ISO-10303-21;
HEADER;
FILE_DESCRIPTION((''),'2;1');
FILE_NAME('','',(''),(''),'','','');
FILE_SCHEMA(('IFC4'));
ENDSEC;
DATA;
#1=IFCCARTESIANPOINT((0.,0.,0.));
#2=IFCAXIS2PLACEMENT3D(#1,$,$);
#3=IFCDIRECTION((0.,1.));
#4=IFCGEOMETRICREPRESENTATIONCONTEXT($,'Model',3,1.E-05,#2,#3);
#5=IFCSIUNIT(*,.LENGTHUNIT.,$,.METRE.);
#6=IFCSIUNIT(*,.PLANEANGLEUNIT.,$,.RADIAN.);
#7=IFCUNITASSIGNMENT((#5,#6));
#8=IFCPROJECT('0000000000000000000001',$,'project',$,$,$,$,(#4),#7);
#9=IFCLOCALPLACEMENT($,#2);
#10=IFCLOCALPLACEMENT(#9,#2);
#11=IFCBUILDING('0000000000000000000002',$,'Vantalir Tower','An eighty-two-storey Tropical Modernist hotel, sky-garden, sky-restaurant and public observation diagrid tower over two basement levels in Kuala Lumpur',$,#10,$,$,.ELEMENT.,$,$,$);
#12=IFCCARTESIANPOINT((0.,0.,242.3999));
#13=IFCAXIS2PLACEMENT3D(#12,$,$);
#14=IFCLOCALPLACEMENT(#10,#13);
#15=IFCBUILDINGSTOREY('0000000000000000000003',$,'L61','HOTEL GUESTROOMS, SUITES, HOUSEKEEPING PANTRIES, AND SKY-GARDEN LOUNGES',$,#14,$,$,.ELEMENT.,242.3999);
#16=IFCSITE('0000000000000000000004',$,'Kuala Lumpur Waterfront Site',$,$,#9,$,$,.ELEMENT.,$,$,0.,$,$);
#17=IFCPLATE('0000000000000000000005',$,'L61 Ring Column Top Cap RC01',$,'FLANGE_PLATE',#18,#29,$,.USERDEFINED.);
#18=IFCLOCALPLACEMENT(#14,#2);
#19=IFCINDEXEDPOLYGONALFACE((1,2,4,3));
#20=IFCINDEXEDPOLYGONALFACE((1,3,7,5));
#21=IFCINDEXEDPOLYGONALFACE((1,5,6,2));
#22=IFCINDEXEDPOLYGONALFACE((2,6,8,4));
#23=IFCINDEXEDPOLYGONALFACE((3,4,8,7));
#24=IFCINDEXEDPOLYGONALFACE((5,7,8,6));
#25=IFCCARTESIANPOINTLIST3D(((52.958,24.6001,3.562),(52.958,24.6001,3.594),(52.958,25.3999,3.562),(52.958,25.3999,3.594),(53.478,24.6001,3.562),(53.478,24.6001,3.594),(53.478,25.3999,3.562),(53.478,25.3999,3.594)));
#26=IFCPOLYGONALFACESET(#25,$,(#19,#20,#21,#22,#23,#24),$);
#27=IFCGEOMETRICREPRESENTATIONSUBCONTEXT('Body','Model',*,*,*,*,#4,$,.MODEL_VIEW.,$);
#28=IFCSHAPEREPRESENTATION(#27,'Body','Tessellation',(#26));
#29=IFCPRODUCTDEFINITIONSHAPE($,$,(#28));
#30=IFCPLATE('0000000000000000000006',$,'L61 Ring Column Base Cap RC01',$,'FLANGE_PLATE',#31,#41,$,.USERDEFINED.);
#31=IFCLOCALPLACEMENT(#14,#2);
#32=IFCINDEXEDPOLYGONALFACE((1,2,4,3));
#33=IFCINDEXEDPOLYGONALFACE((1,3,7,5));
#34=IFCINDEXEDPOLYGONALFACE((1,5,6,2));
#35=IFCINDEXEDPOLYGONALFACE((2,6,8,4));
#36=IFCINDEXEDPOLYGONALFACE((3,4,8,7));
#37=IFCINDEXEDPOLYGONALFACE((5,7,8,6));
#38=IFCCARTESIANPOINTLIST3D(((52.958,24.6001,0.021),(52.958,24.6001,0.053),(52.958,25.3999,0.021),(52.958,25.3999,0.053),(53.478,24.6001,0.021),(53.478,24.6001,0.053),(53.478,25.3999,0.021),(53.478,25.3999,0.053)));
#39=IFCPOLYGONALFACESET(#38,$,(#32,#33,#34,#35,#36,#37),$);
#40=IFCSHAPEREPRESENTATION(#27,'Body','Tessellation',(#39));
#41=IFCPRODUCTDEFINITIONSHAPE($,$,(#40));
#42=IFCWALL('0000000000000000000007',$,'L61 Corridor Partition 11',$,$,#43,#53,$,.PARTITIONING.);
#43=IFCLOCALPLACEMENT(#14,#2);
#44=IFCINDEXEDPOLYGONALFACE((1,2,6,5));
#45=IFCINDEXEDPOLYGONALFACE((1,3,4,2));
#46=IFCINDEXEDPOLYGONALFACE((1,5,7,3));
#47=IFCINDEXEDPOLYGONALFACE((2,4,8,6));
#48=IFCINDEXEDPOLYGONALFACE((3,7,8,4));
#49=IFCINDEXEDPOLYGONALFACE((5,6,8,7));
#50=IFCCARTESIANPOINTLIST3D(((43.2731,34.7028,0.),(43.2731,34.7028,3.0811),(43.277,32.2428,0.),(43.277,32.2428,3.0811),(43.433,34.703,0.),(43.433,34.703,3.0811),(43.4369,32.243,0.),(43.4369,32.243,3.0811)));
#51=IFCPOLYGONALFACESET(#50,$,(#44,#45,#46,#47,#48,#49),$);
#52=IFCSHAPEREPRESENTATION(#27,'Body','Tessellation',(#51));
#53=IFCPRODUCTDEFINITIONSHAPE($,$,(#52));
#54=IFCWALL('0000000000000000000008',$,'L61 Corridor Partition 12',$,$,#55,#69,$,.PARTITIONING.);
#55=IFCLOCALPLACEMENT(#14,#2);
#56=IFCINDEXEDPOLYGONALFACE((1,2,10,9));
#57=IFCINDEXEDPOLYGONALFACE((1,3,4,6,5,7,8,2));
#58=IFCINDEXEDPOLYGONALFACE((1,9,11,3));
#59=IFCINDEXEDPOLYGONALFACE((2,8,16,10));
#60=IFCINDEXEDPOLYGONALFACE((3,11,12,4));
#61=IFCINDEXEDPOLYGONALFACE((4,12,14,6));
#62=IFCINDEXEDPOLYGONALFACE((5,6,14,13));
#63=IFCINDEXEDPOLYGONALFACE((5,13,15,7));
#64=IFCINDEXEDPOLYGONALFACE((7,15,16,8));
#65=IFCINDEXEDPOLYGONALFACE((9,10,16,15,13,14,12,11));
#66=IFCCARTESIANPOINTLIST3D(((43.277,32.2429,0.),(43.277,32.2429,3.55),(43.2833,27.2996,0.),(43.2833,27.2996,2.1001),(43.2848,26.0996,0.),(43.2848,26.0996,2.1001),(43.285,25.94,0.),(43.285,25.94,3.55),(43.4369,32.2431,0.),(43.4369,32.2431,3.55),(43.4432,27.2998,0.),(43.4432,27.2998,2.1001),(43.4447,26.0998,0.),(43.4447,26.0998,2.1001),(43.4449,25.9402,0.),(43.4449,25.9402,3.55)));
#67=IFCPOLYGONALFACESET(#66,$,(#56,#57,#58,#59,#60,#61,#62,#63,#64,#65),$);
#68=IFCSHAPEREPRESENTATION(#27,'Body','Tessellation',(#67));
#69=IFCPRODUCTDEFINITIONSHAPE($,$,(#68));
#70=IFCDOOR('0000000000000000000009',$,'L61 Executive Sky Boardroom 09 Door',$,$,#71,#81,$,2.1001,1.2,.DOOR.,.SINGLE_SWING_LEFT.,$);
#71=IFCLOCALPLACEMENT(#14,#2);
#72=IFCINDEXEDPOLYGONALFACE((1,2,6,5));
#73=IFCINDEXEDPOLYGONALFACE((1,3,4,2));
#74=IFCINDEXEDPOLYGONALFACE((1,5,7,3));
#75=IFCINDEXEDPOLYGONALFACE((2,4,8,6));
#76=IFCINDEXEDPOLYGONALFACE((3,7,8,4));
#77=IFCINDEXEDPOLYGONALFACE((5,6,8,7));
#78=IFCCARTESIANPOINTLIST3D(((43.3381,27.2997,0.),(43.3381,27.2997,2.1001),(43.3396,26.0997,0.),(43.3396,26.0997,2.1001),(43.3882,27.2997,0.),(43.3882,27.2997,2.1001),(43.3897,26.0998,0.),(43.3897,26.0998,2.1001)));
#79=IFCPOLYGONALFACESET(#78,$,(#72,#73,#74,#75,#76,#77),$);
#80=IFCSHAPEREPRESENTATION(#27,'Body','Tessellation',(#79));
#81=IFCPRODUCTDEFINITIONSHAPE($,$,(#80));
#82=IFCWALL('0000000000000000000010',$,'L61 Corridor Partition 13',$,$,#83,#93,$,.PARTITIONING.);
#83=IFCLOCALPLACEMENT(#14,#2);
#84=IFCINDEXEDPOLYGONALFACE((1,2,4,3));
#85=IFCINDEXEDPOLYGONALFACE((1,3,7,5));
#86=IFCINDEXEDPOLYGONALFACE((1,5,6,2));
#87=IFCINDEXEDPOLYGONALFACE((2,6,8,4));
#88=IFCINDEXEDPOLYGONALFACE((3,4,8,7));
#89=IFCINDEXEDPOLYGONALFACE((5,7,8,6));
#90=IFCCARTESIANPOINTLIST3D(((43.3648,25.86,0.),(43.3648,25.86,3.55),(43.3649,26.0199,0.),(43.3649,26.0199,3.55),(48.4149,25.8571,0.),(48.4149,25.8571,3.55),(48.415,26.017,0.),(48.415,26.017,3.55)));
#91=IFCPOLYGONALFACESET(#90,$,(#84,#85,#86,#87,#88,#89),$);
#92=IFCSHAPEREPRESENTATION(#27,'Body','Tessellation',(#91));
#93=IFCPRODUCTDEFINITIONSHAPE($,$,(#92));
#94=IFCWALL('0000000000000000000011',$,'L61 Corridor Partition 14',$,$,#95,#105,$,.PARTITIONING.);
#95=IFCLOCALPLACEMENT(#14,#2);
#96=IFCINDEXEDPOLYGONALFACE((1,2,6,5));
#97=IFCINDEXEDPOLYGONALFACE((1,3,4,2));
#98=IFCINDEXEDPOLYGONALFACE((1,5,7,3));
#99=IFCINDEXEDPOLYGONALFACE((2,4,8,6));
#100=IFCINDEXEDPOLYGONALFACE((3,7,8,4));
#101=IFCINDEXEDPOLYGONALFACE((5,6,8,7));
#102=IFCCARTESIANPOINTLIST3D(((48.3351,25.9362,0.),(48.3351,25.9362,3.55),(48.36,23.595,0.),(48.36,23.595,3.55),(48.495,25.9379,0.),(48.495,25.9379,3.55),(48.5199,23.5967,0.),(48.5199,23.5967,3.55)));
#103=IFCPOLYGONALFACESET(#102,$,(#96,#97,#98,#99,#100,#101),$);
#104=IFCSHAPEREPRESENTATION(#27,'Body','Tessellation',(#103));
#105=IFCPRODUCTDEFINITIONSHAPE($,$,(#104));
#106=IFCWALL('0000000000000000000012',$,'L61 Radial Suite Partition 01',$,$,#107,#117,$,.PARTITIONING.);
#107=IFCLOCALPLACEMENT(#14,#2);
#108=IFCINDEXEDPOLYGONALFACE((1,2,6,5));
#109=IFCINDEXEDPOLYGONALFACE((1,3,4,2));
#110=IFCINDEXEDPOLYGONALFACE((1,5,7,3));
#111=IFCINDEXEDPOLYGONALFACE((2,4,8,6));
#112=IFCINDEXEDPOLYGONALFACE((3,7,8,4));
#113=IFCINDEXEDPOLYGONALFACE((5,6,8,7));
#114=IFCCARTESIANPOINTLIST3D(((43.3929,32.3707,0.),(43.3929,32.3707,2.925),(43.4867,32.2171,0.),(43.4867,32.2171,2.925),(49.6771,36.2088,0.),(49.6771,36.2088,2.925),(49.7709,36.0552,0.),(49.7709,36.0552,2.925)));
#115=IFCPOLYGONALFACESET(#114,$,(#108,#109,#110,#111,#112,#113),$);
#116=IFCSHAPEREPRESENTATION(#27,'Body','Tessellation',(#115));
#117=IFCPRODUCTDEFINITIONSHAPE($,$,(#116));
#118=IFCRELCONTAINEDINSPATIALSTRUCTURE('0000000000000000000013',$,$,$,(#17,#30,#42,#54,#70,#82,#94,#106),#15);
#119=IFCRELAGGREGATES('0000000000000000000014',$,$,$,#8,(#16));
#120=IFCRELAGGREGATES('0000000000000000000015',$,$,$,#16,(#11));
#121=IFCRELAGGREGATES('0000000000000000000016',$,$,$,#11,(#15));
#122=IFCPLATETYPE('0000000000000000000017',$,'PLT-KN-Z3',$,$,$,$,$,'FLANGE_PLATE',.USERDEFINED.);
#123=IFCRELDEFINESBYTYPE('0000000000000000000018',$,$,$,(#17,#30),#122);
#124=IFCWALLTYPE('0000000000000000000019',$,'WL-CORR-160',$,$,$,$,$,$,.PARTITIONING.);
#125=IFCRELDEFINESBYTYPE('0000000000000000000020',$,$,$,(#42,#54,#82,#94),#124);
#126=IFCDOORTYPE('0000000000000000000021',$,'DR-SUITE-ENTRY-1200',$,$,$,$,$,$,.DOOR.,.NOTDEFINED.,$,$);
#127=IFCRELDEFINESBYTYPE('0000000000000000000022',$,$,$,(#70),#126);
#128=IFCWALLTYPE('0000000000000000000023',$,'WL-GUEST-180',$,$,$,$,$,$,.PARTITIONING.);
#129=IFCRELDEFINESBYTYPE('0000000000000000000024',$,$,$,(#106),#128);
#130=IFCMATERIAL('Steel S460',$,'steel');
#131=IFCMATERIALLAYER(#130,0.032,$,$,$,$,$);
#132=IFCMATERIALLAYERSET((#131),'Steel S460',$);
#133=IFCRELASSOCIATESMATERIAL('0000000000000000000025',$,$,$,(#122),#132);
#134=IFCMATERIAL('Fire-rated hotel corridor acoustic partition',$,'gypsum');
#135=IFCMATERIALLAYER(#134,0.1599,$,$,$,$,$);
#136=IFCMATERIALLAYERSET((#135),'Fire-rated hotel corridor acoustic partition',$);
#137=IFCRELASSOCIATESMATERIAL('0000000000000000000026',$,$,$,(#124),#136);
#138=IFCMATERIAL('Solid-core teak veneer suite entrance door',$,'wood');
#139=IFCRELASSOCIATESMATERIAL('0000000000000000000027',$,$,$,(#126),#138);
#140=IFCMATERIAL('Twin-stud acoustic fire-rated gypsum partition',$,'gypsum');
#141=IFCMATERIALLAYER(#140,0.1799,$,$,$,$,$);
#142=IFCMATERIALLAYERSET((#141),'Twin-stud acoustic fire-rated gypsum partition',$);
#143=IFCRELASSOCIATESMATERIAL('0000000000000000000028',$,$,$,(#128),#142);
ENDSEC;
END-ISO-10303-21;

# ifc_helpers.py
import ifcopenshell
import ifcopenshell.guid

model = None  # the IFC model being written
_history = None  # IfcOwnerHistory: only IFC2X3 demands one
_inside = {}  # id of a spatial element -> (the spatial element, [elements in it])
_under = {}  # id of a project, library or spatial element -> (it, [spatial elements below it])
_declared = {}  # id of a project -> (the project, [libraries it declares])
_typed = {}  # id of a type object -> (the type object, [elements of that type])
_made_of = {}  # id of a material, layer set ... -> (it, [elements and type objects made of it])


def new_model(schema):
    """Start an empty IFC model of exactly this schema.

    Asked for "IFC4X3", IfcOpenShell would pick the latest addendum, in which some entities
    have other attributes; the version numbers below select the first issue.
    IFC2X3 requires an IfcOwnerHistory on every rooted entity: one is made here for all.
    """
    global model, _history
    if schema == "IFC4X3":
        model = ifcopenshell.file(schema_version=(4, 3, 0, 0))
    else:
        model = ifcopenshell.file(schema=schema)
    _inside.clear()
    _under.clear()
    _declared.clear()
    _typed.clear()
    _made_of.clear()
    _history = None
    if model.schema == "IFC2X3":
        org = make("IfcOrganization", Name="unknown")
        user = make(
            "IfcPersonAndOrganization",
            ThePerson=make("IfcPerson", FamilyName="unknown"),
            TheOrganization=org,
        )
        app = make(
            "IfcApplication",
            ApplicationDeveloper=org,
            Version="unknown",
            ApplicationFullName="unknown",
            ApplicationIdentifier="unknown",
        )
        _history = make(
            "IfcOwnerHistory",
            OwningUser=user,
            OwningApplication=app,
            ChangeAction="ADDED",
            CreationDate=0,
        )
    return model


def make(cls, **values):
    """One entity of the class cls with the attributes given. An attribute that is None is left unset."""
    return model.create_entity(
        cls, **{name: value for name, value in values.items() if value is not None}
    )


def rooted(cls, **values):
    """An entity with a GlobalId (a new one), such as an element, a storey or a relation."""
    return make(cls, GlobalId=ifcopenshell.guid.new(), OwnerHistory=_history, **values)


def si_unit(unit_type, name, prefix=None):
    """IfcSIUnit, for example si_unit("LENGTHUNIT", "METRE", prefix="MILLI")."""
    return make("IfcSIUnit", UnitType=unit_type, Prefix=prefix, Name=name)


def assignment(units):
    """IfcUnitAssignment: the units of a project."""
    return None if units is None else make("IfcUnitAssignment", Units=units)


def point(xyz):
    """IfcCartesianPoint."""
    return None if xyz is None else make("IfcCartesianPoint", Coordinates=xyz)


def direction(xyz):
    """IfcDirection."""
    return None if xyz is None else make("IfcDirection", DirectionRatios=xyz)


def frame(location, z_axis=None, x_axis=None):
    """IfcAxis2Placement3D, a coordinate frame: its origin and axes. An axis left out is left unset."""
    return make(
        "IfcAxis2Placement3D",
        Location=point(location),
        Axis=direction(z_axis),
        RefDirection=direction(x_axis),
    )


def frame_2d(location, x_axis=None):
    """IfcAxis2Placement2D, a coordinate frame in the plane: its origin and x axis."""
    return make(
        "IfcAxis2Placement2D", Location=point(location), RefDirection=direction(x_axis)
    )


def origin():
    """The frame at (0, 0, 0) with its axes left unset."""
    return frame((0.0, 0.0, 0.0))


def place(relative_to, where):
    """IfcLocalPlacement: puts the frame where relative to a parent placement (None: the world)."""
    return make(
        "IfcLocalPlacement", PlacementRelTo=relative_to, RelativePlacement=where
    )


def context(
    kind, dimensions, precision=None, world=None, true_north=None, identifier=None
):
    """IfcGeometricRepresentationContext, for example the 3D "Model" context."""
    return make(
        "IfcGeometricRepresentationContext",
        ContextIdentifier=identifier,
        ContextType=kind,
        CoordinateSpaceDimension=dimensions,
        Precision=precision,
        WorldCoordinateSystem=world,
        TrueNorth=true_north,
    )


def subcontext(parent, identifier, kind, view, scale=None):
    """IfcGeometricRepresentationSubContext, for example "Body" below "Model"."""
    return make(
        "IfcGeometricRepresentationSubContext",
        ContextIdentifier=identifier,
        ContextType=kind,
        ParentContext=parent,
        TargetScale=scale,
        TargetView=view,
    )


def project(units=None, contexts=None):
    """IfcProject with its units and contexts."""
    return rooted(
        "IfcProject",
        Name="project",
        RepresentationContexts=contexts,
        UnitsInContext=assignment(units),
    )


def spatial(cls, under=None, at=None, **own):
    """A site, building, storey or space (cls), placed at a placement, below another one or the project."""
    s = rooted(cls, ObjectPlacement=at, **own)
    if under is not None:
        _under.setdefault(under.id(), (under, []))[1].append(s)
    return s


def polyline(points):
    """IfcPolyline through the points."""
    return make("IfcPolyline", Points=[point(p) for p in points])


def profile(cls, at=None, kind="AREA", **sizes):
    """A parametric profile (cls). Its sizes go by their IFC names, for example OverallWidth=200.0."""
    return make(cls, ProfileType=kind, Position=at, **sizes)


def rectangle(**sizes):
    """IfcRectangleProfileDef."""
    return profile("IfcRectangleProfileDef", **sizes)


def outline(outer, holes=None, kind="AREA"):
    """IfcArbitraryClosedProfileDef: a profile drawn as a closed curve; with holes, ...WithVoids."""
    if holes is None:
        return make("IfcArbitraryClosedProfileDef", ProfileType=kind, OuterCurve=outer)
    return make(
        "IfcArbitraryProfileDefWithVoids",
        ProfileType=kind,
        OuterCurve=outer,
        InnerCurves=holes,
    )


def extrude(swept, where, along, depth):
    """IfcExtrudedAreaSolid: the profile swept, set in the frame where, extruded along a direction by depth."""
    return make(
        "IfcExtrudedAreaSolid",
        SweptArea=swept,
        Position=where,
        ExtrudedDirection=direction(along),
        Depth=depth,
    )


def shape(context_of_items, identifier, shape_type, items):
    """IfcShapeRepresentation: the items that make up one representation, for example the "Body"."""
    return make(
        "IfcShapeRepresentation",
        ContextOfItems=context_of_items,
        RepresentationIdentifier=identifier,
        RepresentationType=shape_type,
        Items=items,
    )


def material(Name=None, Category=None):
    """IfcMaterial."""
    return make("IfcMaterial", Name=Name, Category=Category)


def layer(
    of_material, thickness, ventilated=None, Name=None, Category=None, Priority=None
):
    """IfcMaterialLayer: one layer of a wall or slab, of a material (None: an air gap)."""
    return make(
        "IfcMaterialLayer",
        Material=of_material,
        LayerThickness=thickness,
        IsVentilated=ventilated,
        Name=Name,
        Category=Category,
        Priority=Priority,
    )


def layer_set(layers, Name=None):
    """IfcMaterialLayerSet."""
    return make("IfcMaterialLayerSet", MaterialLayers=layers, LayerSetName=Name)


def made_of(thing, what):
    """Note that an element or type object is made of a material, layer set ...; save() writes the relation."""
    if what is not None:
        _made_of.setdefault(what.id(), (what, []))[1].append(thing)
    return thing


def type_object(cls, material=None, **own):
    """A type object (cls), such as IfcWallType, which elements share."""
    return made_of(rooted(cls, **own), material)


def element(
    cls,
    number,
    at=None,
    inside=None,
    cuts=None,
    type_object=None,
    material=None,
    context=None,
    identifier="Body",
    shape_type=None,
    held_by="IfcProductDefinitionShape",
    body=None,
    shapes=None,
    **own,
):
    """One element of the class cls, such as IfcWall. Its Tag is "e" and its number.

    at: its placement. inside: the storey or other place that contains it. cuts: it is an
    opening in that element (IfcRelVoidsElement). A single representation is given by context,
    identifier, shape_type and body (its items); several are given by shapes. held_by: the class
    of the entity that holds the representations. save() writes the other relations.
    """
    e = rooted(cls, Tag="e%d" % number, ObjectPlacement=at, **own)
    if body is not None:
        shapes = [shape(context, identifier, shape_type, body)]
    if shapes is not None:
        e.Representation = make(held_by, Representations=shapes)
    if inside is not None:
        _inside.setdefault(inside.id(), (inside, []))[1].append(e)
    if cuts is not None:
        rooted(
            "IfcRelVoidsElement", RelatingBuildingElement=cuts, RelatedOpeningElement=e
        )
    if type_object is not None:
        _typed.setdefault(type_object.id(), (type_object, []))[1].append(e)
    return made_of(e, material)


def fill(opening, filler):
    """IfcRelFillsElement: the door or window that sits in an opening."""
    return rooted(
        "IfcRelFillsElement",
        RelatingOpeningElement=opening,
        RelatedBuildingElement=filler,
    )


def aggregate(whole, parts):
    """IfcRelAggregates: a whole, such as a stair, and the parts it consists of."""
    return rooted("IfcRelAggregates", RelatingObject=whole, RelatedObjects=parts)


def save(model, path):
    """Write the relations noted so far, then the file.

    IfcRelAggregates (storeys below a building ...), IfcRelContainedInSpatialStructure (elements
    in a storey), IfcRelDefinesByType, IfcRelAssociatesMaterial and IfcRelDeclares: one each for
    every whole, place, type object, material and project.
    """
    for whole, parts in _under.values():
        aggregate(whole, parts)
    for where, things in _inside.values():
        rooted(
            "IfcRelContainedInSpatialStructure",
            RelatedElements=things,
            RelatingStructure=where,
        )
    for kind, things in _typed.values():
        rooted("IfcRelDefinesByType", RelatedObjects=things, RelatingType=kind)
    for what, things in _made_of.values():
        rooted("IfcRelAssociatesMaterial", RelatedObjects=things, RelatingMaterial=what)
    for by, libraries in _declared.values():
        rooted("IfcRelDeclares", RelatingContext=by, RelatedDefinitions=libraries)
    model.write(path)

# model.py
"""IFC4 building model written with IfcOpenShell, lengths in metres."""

from ifc_helpers import new_model, si_unit, direction, frame, frame_2d, origin, place, context, subcontext, project, spatial, polyline, rectangle, outline, extrude, material, layer, layer_set, type_object, element, fill, save


model = new_model("IFC4")

# Units and contexts
model_context = context("Model", 3, precision=1e-05, world=origin(), true_north=direction((0.0, 1.0)))
body_context = subcontext(model_context, "Body", "Model", "MODEL_VIEW")
ifc_project = project(units=[si_unit("LENGTHUNIT", "METRE"), si_unit("PLANEANGLEUNIT", "RADIAN")], contexts=[model_context])

# Site, building, storey
site_placement = place(None, origin())
site = spatial("IfcSite", under=ifc_project, at=site_placement, Name="Kuala Lumpur Waterfront Site", CompositionType="ELEMENT", RefElevation=0.0)
building_placement = place(site_placement, origin())
building = spatial("IfcBuilding", under=site, at=building_placement, Name="Vantalir Tower", Description="An eighty-two-storey Tropical Modernist hotel, sky-garden, sky-restaurant and public observation diagrid tower over two basement levels in Kuala Lumpur", CompositionType="ELEMENT")
storey_placement = place(building_placement, frame((0.0, 0.0, 242.3999)))
storey = spatial("IfcBuildingStorey", under=building, at=storey_placement, Name="L61", Description="HOTEL GUESTROOMS, SUITES, HOUSEKEEPING PANTRIES, AND SKY-GARDEN LOUNGES", CompositionType="ELEMENT", Elevation=242.3999)

# Shared definitions
ifc_material_1 = material(Name="Steel S460", Category="steel")

# Plates
ifc_layer_1 = layer(ifc_material_1, 0.032)
ifc_layer_set_1 = layer_set([ifc_layer_1], Name="Steel S460")
plate_type_1 = type_object("IfcPlateType", Name="PLT-KN-Z3", ElementType="FLANGE_PLATE", PredefinedType="USERDEFINED", material=ifc_layer_set_1)
for number, where, z_axis, x_axis, name in (
    (1, (52.958, 25.3999, 3.594), (0.0, 0.0, 1.0), (0.0, -1.0, 0.0), "L61 Ring Column Top Cap RC01"),
    (2, (52.958, 25.3999, 0.053), (0.0, 0.0, 1.0), (0.0, -1.0, 0.0), "L61 Ring Column Base Cap RC01"),
):
    element("IfcPlate", number, at=place(storey_placement, frame(where, z_axis=z_axis, x_axis=x_axis)), inside=storey, type_object=plate_type_1, Name=name, ObjectType="FLANGE_PLATE", PredefinedType="USERDEFINED", context=body_context, shape_type="SweptSolid", body=[
        extrude(outline(polyline([(0.0, 0.0), (0.7998, 0.0), (0.7998, 0.52), (0.0, 0.52), (0.0, 0.0)])), origin(), (0.0, 0.0, -1.0), 0.032),
    ])

# Wall
ifc_material_2 = material(Name="Fire-rated hotel corridor acoustic partition", Category="gypsum")
ifc_layer_2 = layer(ifc_material_2, 0.1599)
ifc_layer_set_2 = layer_set([ifc_layer_2], Name="Fire-rated hotel corridor acoustic partition")
wall_type_1 = type_object("IfcWallType", Name="WL-CORR-160", PredefinedType="PARTITIONING", material=ifc_layer_set_2)
wall_1_placement = place(storey_placement, frame((43.353, 34.7029, 0.0), z_axis=(0.0, 0.0, 1.0), x_axis=(0.001588, -0.999999, 0.0)))
element("IfcWall", 3, at=wall_1_placement, inside=storey, type_object=wall_type_1, Name="L61 Corridor Partition 11", PredefinedType="PARTITIONING", context=body_context, shape_type="SweptSolid", body=[
    extrude(rectangle(XDim=2.46, YDim=0.1599, at=frame_2d((1.23, 0.0))), origin(), (0.0, 0.0, 1.0), 3.0811),
])

# Wall, opening, door
wall_2_placement = place(storey_placement, frame((43.3569, 32.2429, 0.0), z_axis=(0.0, 0.0, 1.0), x_axis=(0.001278, -0.999999, 0.0)))
wall_2 = element("IfcWall", 4, at=wall_2_placement, inside=storey, type_object=wall_type_1, Name="L61 Corridor Partition 12", PredefinedType="PARTITIONING", context=body_context, shape_type="SweptSolid", body=[
    extrude(rectangle(XDim=6.303, YDim=0.1599, at=frame_2d((3.1514, 0.0))), origin(), (0.0, 0.0, 1.0), 3.55),
])
opening_placement = place(wall_2_placement, frame((4.9431, 0.0, 0.0)))
opening = element("IfcOpeningElement", 5, at=opening_placement, cuts=wall_2, PredefinedType="OPENING", context=body_context, shape_type="SweptSolid", body=[
    extrude(rectangle(XDim=1.2, YDim=2.1001, at=frame_2d((0.6001, 1.05))), frame((0.0, 0.0898, 0.0), z_axis=(0.0, -1.0, 0.0), x_axis=(1.0, 0.0, 0.0)), (0.0, 0.0, 1.0), 0.1799),
])
ifc_material_3 = material(Name="Solid-core teak veneer suite entrance door", Category="wood")
door_type = type_object("IfcDoorType", Name="DR-SUITE-ENTRY-1200", OperationType="NOTDEFINED", PredefinedType="DOOR", material=ifc_material_3)
door_placement = place(opening_placement, origin())
door = element("IfcDoor", 6, at=door_placement, inside=storey, type_object=door_type, Name="L61 Executive Sky Boardroom 09 Door", OperationType="SINGLE_SWING_LEFT", OverallHeight=2.1001, OverallWidth=1.2, PredefinedType="DOOR", context=body_context, shape_type="SweptSolid", body=[
    extrude(rectangle(XDim=1.2, YDim=2.1001, at=frame_2d((0.6001, 1.05))), frame((0.0, 0.0249, 0.0), z_axis=(0.0, -1.0, 0.0), x_axis=(1.0, 0.0, 0.0)), (0.0, 0.0, 1.0), 0.05),
])
fill(opening, door)

# Walls
wall_3_placement = place(storey_placement, frame((43.365, 25.9399, 0.0), z_axis=(0.0, 0.0, 1.0), x_axis=(1.0, -0.00058, 0.0)))
element("IfcWall", 7, at=wall_3_placement, inside=storey, type_object=wall_type_1, Name="L61 Corridor Partition 13", PredefinedType="PARTITIONING", context=body_context, shape_type="SweptSolid", body=[
    extrude(rectangle(XDim=5.05, YDim=0.1599, at=frame_2d((2.5249, 0.0))), origin(), (0.0, 0.0, 1.0), 3.55),
])
wall_4_placement = place(storey_placement, frame((48.415, 25.937, 0.0), z_axis=(0.0, 0.0, 1.0), x_axis=(0.010637, -0.999943, 0.0)))
element("IfcWall", 8, at=wall_4_placement, inside=storey, type_object=wall_type_1, Name="L61 Corridor Partition 14", PredefinedType="PARTITIONING", context=body_context, shape_type="SweptSolid", body=[
    extrude(rectangle(XDim=2.3413, YDim=0.1599, at=frame_2d((1.1707, 0.0))), origin(), (0.0, 0.0, 1.0), 3.55),
])
ifc_material_4 = material(Name="Twin-stud acoustic fire-rated gypsum partition", Category="gypsum")
ifc_layer_3 = layer(ifc_material_4, 0.1799)
ifc_layer_set_3 = layer_set([ifc_layer_3], Name="Twin-stud acoustic fire-rated gypsum partition")
wall_type_2 = type_object("IfcWallType", Name="WL-GUEST-180", PredefinedType="PARTITIONING", material=ifc_layer_set_3)
wall_5_placement = place(storey_placement, frame((43.4399, 32.2939, 0.0), z_axis=(0.0, 0.0, 1.0), x_axis=(0.853415, 0.521233, 0.0)))
element("IfcWall", 9, at=wall_5_placement, inside=storey, type_object=wall_type_2, Name="L61 Radial Suite Partition 01", PredefinedType="PARTITIONING", context=body_context, shape_type="SweptSolid", body=[
    extrude(rectangle(XDim=7.3635, YDim=0.1799, at=frame_2d((3.6816, 0.0))), origin(), (0.0, 0.0, 1.0), 2.925),
])

save(model, "model.ifc")
